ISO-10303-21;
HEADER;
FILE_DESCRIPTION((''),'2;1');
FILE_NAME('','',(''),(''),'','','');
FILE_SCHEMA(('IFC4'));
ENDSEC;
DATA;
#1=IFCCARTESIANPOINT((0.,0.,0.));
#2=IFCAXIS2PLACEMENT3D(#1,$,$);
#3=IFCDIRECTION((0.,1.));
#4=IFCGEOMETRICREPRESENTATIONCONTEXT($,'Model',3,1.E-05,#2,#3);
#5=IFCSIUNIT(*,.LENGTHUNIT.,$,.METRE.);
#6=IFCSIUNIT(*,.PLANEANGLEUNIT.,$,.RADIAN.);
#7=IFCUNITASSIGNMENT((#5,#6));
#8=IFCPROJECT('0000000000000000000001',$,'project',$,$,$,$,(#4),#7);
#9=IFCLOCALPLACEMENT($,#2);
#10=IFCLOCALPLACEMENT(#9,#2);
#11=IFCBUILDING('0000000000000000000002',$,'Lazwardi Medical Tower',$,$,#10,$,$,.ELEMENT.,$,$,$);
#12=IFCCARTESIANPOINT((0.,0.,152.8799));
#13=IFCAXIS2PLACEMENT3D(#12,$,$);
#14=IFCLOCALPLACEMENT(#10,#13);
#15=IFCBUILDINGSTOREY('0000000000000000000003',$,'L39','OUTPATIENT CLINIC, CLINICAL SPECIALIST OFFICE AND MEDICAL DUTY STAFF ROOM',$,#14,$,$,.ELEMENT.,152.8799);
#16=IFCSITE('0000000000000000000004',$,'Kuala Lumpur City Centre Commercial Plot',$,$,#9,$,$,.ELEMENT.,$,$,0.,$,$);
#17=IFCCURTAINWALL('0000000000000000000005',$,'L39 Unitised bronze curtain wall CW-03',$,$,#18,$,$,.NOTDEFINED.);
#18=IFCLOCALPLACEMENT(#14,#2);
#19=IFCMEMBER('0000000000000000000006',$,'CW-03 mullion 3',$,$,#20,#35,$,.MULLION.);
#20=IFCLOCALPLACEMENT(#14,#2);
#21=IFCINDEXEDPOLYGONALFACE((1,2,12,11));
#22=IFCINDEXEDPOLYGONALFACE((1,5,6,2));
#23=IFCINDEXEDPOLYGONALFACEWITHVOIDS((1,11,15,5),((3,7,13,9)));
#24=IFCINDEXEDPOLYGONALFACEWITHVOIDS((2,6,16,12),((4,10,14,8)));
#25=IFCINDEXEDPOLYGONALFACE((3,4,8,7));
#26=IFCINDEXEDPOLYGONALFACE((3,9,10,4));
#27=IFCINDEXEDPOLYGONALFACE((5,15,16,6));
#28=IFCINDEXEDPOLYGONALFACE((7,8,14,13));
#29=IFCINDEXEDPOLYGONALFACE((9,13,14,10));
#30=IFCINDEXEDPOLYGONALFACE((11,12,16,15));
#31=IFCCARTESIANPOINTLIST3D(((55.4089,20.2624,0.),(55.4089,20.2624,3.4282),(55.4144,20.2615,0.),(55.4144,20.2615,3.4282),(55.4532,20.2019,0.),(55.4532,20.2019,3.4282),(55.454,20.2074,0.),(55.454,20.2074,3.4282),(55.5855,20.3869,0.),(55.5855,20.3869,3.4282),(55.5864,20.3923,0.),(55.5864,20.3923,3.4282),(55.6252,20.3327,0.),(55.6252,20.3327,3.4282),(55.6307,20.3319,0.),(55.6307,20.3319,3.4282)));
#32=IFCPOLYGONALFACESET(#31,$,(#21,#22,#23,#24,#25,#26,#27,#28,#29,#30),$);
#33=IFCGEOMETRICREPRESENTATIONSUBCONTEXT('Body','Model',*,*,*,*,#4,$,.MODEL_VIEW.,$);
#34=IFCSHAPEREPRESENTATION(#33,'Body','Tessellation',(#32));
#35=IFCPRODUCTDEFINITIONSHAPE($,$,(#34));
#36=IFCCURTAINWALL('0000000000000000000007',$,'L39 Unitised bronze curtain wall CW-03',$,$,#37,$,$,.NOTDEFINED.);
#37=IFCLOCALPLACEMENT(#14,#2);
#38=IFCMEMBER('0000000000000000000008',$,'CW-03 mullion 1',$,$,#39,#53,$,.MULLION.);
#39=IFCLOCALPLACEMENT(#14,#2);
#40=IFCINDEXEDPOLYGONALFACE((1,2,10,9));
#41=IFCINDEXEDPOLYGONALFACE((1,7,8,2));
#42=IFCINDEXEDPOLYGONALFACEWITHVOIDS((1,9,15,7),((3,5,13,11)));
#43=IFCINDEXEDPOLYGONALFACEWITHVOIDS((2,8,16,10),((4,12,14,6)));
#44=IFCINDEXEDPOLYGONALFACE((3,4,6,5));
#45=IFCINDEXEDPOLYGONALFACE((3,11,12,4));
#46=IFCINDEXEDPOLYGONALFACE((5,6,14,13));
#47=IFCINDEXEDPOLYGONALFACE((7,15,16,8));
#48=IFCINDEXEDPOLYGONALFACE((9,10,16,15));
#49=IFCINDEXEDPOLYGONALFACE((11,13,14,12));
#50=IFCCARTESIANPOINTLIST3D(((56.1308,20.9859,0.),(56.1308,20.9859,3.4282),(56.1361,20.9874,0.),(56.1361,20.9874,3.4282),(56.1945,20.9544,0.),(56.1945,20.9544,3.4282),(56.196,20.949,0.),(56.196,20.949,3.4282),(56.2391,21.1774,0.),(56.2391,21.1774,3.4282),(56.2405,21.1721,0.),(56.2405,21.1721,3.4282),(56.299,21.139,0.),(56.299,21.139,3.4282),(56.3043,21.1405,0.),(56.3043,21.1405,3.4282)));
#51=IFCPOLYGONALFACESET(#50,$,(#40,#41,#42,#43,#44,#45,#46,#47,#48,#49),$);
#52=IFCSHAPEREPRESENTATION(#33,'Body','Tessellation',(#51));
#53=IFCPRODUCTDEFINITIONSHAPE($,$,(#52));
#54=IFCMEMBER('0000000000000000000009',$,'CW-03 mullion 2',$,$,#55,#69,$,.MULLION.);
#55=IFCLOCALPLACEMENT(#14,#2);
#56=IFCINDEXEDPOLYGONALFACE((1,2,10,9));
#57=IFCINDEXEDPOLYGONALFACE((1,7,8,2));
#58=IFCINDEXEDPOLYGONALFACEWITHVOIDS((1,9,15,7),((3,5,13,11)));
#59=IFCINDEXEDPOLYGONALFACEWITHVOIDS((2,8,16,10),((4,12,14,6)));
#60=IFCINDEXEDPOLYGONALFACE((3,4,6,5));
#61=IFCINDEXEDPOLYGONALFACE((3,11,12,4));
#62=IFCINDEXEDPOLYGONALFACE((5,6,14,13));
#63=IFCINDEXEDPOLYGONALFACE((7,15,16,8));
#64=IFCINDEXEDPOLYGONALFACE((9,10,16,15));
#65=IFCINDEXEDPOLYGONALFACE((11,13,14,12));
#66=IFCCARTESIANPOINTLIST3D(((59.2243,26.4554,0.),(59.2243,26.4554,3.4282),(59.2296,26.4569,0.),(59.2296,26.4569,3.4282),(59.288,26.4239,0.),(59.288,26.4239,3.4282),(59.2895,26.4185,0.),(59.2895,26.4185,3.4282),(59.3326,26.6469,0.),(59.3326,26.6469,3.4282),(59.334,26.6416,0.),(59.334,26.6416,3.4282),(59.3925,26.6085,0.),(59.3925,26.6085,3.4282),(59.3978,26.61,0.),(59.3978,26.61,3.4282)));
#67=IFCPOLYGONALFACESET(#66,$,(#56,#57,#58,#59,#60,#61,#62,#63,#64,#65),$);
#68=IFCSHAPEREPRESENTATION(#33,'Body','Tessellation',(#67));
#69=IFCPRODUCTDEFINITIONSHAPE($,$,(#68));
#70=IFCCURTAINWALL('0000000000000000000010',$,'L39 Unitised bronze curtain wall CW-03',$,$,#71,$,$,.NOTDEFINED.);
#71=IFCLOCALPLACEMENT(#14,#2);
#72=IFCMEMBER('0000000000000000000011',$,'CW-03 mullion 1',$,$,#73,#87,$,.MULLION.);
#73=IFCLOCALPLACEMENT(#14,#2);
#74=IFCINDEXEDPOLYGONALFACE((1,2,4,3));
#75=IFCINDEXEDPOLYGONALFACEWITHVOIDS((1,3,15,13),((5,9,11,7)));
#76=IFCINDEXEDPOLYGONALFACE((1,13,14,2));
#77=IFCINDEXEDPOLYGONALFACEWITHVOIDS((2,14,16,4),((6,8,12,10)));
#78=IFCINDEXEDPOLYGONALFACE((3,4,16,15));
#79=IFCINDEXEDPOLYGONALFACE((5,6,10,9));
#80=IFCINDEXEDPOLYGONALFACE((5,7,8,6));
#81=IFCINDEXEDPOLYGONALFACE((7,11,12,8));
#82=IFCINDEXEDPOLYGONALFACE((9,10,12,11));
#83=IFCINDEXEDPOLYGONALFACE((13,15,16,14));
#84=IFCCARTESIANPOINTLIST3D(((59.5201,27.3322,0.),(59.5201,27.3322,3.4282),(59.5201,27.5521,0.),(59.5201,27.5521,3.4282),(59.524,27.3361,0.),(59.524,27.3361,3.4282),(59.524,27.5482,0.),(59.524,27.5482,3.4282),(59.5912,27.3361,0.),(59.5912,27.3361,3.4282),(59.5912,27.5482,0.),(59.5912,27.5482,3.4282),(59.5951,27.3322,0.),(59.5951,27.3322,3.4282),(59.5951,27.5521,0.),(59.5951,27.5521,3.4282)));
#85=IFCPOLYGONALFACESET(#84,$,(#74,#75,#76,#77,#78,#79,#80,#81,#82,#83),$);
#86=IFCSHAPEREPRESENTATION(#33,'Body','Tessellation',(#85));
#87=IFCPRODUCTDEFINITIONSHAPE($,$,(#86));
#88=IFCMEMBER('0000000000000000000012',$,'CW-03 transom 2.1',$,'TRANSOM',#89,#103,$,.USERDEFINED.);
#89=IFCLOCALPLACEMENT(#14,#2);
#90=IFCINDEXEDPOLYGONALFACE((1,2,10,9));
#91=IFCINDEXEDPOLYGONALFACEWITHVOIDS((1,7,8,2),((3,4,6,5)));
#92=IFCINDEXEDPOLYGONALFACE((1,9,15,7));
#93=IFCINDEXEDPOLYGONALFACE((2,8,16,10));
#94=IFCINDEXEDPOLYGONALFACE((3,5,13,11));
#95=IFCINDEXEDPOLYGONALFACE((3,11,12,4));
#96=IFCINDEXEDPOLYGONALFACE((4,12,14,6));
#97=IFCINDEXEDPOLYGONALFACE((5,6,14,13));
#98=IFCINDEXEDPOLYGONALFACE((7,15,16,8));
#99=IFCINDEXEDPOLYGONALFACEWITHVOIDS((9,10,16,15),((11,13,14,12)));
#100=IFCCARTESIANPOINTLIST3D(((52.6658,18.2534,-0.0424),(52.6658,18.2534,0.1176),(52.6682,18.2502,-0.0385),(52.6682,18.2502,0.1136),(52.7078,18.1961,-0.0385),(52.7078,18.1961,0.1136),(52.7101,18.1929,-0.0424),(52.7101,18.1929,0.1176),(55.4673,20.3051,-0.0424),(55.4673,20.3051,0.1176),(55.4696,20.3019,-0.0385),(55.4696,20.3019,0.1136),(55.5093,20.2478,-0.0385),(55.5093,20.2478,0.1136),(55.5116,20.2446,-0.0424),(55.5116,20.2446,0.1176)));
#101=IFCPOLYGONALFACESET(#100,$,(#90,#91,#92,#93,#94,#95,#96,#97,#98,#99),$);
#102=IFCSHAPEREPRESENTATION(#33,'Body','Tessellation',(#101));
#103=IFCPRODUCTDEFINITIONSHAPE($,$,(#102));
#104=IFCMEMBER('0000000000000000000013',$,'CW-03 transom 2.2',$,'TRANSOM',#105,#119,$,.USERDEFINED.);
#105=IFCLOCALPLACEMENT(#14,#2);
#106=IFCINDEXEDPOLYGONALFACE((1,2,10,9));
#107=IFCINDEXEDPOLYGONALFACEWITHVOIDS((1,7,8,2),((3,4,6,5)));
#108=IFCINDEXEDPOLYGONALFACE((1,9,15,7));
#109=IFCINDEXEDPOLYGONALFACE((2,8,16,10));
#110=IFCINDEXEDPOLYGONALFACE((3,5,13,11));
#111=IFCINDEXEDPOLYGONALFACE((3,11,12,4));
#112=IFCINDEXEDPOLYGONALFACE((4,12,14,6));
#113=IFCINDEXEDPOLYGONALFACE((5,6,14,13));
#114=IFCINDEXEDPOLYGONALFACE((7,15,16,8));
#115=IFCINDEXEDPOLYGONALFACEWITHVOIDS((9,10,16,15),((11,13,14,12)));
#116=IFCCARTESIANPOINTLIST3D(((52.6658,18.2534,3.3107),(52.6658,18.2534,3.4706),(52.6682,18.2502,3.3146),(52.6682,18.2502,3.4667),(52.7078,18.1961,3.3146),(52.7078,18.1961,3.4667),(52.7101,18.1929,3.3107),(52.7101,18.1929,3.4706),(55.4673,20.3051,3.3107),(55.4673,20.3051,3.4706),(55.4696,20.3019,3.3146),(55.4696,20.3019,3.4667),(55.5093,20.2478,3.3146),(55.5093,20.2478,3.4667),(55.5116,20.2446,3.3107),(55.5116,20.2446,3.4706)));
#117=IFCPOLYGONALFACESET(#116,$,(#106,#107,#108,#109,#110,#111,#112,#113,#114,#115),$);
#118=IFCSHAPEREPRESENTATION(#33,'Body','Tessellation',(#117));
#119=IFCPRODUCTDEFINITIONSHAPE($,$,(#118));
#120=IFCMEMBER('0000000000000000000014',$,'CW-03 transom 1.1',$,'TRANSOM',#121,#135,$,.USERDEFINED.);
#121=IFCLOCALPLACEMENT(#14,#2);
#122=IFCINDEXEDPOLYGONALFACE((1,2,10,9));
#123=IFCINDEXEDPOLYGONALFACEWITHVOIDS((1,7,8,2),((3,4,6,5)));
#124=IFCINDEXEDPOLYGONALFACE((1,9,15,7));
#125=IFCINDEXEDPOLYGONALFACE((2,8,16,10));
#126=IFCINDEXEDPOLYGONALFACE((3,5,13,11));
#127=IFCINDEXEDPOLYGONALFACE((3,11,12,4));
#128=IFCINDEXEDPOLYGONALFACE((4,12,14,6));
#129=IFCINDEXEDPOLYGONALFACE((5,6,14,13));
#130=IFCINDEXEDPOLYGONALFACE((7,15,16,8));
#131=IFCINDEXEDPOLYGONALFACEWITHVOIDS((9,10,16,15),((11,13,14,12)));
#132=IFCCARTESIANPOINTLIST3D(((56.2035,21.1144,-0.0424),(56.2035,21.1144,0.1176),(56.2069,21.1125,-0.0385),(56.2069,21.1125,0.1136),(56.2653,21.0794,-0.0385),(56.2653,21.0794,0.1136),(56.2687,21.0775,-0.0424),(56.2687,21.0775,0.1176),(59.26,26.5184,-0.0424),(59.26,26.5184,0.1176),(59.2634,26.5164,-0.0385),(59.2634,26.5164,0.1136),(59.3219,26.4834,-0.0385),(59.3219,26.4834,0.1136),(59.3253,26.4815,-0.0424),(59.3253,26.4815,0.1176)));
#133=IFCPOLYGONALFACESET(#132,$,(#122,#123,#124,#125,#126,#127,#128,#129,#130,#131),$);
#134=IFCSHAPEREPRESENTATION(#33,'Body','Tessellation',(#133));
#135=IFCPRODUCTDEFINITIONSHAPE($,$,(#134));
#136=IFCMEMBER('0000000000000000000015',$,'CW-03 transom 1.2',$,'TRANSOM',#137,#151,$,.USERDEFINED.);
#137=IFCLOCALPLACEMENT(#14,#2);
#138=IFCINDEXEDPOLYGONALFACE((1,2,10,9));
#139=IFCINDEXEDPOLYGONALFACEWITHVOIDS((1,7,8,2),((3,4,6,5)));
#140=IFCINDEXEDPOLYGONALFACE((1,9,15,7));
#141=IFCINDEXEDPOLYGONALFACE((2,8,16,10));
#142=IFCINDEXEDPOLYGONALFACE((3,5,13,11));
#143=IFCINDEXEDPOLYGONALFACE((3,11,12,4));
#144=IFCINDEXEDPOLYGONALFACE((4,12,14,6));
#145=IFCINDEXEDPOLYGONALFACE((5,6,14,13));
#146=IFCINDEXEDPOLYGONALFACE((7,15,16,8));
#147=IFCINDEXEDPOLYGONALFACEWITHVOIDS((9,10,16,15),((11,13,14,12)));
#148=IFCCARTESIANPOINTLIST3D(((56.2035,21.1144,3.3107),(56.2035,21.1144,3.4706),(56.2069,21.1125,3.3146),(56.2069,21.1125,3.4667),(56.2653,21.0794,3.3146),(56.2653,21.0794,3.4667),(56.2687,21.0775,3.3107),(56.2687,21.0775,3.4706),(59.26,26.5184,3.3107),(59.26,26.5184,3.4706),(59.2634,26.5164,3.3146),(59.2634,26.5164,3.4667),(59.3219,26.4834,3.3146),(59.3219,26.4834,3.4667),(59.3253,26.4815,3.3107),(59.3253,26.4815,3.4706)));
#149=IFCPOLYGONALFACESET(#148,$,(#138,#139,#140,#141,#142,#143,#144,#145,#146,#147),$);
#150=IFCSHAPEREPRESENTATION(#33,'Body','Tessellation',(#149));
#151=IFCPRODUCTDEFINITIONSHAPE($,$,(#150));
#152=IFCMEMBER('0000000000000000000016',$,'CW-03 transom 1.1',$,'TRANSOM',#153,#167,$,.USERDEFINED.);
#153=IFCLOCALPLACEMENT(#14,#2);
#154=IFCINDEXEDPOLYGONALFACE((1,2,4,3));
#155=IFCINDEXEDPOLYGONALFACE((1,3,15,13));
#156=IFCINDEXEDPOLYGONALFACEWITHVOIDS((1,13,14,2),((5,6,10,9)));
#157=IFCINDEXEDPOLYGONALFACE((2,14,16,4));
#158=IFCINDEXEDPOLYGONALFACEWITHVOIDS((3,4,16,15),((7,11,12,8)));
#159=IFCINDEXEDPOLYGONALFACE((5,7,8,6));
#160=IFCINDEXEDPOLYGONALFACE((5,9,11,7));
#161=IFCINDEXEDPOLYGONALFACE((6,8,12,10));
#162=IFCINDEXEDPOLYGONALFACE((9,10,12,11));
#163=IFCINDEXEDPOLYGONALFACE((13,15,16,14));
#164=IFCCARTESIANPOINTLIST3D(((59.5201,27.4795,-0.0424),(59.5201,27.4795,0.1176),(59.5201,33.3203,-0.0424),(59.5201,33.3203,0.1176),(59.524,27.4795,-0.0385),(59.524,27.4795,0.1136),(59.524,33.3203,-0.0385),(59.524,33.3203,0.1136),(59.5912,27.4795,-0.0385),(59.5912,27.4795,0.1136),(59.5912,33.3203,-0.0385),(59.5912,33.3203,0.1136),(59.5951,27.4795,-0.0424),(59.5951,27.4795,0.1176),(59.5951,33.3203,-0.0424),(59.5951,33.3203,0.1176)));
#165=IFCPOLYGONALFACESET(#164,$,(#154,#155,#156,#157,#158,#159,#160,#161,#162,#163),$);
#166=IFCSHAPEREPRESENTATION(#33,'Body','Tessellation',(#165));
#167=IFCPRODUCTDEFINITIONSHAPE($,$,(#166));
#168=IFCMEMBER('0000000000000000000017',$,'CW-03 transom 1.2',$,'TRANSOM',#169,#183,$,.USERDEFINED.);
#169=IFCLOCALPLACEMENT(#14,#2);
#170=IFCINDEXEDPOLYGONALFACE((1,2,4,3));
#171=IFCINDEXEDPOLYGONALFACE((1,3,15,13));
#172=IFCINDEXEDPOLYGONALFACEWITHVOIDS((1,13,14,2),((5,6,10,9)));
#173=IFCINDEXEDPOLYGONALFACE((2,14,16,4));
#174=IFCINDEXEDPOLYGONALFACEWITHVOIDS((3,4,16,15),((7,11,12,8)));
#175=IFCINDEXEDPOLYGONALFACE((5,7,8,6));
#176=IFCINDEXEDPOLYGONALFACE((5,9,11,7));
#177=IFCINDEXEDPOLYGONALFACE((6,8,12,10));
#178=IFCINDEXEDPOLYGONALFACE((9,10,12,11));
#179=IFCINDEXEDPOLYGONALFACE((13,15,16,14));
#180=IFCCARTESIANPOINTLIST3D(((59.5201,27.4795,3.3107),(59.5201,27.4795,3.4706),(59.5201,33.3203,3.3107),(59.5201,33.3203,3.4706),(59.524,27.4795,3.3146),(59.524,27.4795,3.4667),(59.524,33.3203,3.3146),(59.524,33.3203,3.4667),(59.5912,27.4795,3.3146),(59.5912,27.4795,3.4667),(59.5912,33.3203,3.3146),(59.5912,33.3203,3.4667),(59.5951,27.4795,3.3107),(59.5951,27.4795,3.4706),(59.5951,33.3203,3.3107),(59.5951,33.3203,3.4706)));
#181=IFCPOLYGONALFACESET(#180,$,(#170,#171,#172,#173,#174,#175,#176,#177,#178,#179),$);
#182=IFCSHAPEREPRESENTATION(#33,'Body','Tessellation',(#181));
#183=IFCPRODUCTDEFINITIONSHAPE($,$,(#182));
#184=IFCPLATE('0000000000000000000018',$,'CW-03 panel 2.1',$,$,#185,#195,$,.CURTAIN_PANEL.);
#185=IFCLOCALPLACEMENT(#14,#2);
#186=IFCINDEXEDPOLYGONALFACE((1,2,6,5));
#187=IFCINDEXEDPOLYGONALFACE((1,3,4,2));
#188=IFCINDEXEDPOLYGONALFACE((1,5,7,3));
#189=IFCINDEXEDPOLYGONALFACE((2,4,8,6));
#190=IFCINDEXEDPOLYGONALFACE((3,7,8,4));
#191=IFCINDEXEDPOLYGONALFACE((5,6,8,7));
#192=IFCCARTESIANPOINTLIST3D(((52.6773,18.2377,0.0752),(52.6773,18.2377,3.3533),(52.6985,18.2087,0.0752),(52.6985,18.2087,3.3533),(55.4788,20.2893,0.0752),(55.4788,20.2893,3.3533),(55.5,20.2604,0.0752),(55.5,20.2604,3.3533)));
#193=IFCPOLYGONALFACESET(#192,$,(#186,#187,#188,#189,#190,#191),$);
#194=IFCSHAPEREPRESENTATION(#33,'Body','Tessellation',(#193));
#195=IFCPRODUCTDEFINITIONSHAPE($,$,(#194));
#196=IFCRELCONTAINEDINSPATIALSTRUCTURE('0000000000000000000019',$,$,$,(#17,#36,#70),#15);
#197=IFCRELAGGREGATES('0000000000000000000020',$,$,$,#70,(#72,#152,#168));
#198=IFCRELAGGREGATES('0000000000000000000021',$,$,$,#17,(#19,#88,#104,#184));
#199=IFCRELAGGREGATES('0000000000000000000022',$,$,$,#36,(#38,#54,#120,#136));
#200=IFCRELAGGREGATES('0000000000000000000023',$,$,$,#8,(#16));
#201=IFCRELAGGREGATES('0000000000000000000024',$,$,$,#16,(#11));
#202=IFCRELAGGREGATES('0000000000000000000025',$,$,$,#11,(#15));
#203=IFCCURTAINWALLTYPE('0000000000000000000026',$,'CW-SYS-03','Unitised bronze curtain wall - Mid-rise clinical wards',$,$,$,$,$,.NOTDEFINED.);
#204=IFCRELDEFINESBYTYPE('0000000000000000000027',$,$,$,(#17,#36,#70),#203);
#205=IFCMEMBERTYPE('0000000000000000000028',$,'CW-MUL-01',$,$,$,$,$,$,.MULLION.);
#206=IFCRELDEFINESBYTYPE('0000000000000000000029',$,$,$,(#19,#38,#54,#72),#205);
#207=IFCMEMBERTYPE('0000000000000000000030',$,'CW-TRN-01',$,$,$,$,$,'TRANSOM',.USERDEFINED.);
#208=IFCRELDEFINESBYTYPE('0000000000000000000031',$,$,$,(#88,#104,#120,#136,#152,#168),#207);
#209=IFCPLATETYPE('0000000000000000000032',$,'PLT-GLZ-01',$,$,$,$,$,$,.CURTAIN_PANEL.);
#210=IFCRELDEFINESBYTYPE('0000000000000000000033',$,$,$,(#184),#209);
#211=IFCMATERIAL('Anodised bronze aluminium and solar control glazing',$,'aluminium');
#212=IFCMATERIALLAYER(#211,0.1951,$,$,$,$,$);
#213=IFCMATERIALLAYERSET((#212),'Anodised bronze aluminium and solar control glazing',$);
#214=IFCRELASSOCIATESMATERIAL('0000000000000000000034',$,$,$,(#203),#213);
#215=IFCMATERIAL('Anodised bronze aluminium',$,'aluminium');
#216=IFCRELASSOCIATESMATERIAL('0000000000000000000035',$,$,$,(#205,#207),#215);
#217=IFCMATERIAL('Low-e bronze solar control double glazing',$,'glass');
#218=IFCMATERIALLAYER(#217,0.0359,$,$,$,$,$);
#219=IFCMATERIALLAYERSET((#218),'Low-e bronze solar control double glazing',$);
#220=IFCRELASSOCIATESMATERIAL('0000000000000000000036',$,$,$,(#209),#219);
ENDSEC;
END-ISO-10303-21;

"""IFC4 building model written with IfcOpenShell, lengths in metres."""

from ifc_helpers import new_model, si_unit, direction, frame, origin, origin_2d, place, context, subcontext, project, spatial, rectangle, hollow_rectangle, extrude, material, layer, layer_set, material_profile, profile_set, type_object, element, aggregate, save


model = new_model("IFC4")

# Units and contexts
model_context = context("Model", 3, precision=1e-05, world=origin(), true_north=direction((0.0, 1.0)))
body_context = subcontext(model_context, "Body", "Model", "MODEL_VIEW")
ifc_project = project(units=[si_unit("LENGTHUNIT", "METRE"), si_unit("PLANEANGLEUNIT", "RADIAN")], contexts=[model_context])

# Site, building, storey
site_placement = place(None, origin())
site = spatial("IfcSite", under=ifc_project, at=site_placement, Name="Kuala Lumpur City Centre Commercial Plot", CompositionType="ELEMENT", RefElevation=0.0)
building_placement = place(site_placement, origin())
building = spatial("IfcBuilding", under=site, at=building_placement, Name="Lazwardi Medical Tower", CompositionType="ELEMENT")
storey_placement = place(building_placement, frame((0.0, 0.0, 152.8799)))
storey = spatial("IfcBuildingStorey", under=building, at=storey_placement, Name="L39", Description="OUTPATIENT CLINIC, CLINICAL SPECIALIST OFFICE AND MEDICAL DUTY STAFF ROOM", CompositionType="ELEMENT", Elevation=152.8799)

# Curtain wall, member
ifc_material_1 = material(Name="Anodised bronze aluminium and solar control glazing", Category="aluminium")
ifc_layer_1 = layer(ifc_material_1, 0.1951)
ifc_layer_set_1 = layer_set([ifc_layer_1], Name="Anodised bronze aluminium and solar control glazing")
curtain_wall_type = type_object("IfcCurtainWallType", Name="CW-SYS-03", Description="Unitised bronze curtain wall - Mid-rise clinical wards", PredefinedType="NOTDEFINED", material=ifc_layer_set_1)
curtain_wall_1_placement = place(storey_placement, origin())
curtain_wall_1 = element("IfcCurtainWall", 1, at=curtain_wall_1_placement, inside=storey, type_object=curtain_wall_type, Name="L39 Unitised bronze curtain wall CW-03", PredefinedType="NOTDEFINED")
ifc_material_2 = material(Name="Anodised bronze aluminium", Category="aluminium")
ifc_material_profile_1 = material_profile(ifc_material_2, hollow_rectangle(XDim=0.075, YDim=0.22, WallThickness=0.0039, at=origin_2d()), Name="ALU-MULLION 220x75x4")
ifc_profile_set_1 = profile_set([ifc_material_profile_1], Name="Anodised bronze aluminium")
member_type_1 = type_object("IfcMemberType", Name="CW-MUL-01", PredefinedType="MULLION", material=ifc_profile_set_1)
member_1_placement = place(storey_placement, frame((55.5198, 20.2971, 0.0), z_axis=(0.0, 0.0, 1.0), x_axis=(-0.590834, 0.806793, 0.0)))
member_1 = element("IfcMember", 2, at=member_1_placement, type_object=member_type_1, Name="CW-03 mullion 3", PredefinedType="MULLION", context=body_context, shape_type="SweptSolid", body=[
    extrude(hollow_rectangle(XDim=0.075, YDim=0.22, WallThickness=0.0039, at=origin_2d()), origin(), (0.0, 0.0, 1.0), 3.4282),
])

# Curtain wall, members
curtain_wall_2_placement = place(storey_placement, origin())
curtain_wall_2 = element("IfcCurtainWall", 3, at=curtain_wall_2_placement, inside=storey, type_object=curtain_wall_type, Name="L39 Unitised bronze curtain wall CW-03", PredefinedType="NOTDEFINED")
member_2_placement = place(storey_placement, frame((56.2175, 21.0632, 0.0), z_axis=(0.0, 0.0, 1.0), x_axis=(-0.870419, 0.492312, 0.0)))
member_2 = element("IfcMember", 4, at=member_2_placement, type_object=member_type_1, Name="CW-03 mullion 1", PredefinedType="MULLION", context=body_context, shape_type="SweptSolid", body=[
    extrude(hollow_rectangle(XDim=0.075, YDim=0.22, WallThickness=0.0039, at=origin_2d()), origin(), (0.0, 0.0, 1.0), 3.4282),
])
member_3_placement = place(storey_placement, frame((59.311, 26.5327, 0.0), z_axis=(0.0, 0.0, 1.0), x_axis=(-0.870419, 0.492312, 0.0)))
member_3 = element("IfcMember", 5, at=member_3_placement, type_object=member_type_1, Name="CW-03 mullion 2", PredefinedType="MULLION", context=body_context, shape_type="SweptSolid", body=[
    extrude(hollow_rectangle(XDim=0.075, YDim=0.22, WallThickness=0.0039, at=origin_2d()), origin(), (0.0, 0.0, 1.0), 3.4282),
])

# Curtain wall, member
curtain_wall_3_placement = place(storey_placement, origin())
curtain_wall_3 = element("IfcCurtainWall", 6, at=curtain_wall_3_placement, inside=storey, type_object=curtain_wall_type, Name="L39 Unitised bronze curtain wall CW-03", PredefinedType="NOTDEFINED")
member_4_placement = place(storey_placement, frame((59.5576, 27.4421, 0.0), z_axis=(0.0, 0.0, 1.0), x_axis=(-1.0, 0.0, 0.0)))
member_4 = element("IfcMember", 7, at=member_4_placement, type_object=member_type_1, Name="CW-03 mullion 1", PredefinedType="MULLION", context=body_context, shape_type="SweptSolid", body=[
    extrude(hollow_rectangle(XDim=0.075, YDim=0.22, WallThickness=0.0039, at=origin_2d()), origin(), (0.0, 0.0, 1.0), 3.4282),
])

# Members
ifc_material_profile_2 = material_profile(ifc_material_2, hollow_rectangle(XDim=0.075, YDim=0.1599, WallThickness=0.0039, at=origin_2d()), Name="ALU-TRANSOM 160x75x4")
ifc_profile_set_2 = profile_set([ifc_material_profile_2], Name="Anodised bronze aluminium")
member_type_2 = type_object("IfcMemberType", Name="CW-TRN-01", ElementType="TRANSOM", PredefinedType="USERDEFINED", material=ifc_profile_set_2)
member_5_placement = place(storey_placement, frame((52.688, 18.2231, 0.0376), z_axis=(0.806774, 0.590861, 0.0), x_axis=(-0.590861, 0.806774, 0.0)))
member_5 = element("IfcMember", 8, at=member_5_placement, type_object=member_type_2, Name="CW-03 transom 2.1", ObjectType="TRANSOM", PredefinedType="USERDEFINED", context=body_context, shape_type="SweptSolid", body=[
    extrude(hollow_rectangle(XDim=0.075, YDim=0.1599, WallThickness=0.0039, at=origin_2d()), origin(), (0.0, 0.0, 1.0), 3.4724),
])
member_6_placement = place(storey_placement, frame((52.688, 18.2231, 3.3906), z_axis=(0.806774, 0.590861, 0.0), x_axis=(-0.590861, 0.806774, 0.0)))
member_6 = element("IfcMember", 9, at=member_6_placement, type_object=member_type_2, Name="CW-03 transom 2.2", ObjectType="TRANSOM", PredefinedType="USERDEFINED", context=body_context, shape_type="SweptSolid", body=[
    extrude(hollow_rectangle(XDim=0.075, YDim=0.1599, WallThickness=0.0039, at=origin_2d()), origin(), (0.0, 0.0, 1.0), 3.4724),
])
member_7_placement = place(storey_placement, frame((56.2361, 21.0959, 0.0376), z_axis=(0.492323, 0.870413, 0.0), x_axis=(-0.870413, 0.492323, 0.0)))
member_7 = element("IfcMember", 10, at=member_7_placement, type_object=member_type_2, Name="CW-03 transom 1.1", ObjectType="TRANSOM", PredefinedType="USERDEFINED", context=body_context, shape_type="SweptSolid", body=[
    extrude(hollow_rectangle(XDim=0.075, YDim=0.1599, WallThickness=0.0039, at=origin_2d()), origin(), (0.0, 0.0, 1.0), 6.2085),
])
member_8_placement = place(storey_placement, frame((56.2361, 21.0959, 3.3906), z_axis=(0.492323, 0.870413, 0.0), x_axis=(-0.870413, 0.492323, 0.0)))
member_8 = element("IfcMember", 11, at=member_8_placement, type_object=member_type_2, Name="CW-03 transom 1.2", ObjectType="TRANSOM", PredefinedType="USERDEFINED", context=body_context, shape_type="SweptSolid", body=[
    extrude(hollow_rectangle(XDim=0.075, YDim=0.1599, WallThickness=0.0039, at=origin_2d()), origin(), (0.0, 0.0, 1.0), 6.2085),
])
member_9_placement = place(storey_placement, frame((59.5576, 27.4795, 0.0376), z_axis=(0.0, 1.0, 0.0), x_axis=(-1.0, 0.0, 0.0)))
member_9 = element("IfcMember", 12, at=member_9_placement, type_object=member_type_2, Name="CW-03 transom 1.1", ObjectType="TRANSOM", PredefinedType="USERDEFINED", context=body_context, shape_type="SweptSolid", body=[
    extrude(hollow_rectangle(XDim=0.075, YDim=0.1599, WallThickness=0.0039, at=origin_2d()), origin(), (0.0, 0.0, 1.0), 5.8408),
])
member_10_placement = place(storey_placement, frame((59.5576, 27.4795, 3.3906), z_axis=(0.0, 1.0, 0.0), x_axis=(-1.0, 0.0, 0.0)))
member_10 = element("IfcMember", 13, at=member_10_placement, type_object=member_type_2, Name="CW-03 transom 1.2", ObjectType="TRANSOM", PredefinedType="USERDEFINED", context=body_context, shape_type="SweptSolid", body=[
    extrude(hollow_rectangle(XDim=0.075, YDim=0.1599, WallThickness=0.0039, at=origin_2d()), origin(), (0.0, 0.0, 1.0), 5.8408),
])
aggregate(curtain_wall_3, [member_4, member_9, member_10])

# Plate
ifc_material_3 = material(Name="Low-e bronze solar control double glazing", Category="glass")
ifc_layer_2 = layer(ifc_material_3, 0.0359)
ifc_layer_set_2 = layer_set([ifc_layer_2], Name="Low-e bronze solar control double glazing")
plate_type = type_object("IfcPlateType", Name="PLT-GLZ-01", PredefinedType="CURTAIN_PANEL", material=ifc_layer_set_2)
plate_1_placement = place(storey_placement, frame((54.0886, 19.249, 0.0752), z_axis=(0.0, 0.0, 1.0), x_axis=(0.806793, 0.590834, 0.0)))
plate_1 = element("IfcPlate", 14, at=plate_1_placement, type_object=plate_type, Name="CW-03 panel 2.1", PredefinedType="CURTAIN_PANEL", context=body_context, shape_type="SweptSolid", body=[
    extrude(rectangle(XDim=3.4724, YDim=0.0359, at=origin_2d()), origin(), (0.0, 0.0, 1.0), 3.2781),
])
aggregate(curtain_wall_1, [member_1, member_5, member_6, plate_1])
aggregate(curtain_wall_2, [member_2, member_3, member_7, member_8])

save(model, "model.ifc")
